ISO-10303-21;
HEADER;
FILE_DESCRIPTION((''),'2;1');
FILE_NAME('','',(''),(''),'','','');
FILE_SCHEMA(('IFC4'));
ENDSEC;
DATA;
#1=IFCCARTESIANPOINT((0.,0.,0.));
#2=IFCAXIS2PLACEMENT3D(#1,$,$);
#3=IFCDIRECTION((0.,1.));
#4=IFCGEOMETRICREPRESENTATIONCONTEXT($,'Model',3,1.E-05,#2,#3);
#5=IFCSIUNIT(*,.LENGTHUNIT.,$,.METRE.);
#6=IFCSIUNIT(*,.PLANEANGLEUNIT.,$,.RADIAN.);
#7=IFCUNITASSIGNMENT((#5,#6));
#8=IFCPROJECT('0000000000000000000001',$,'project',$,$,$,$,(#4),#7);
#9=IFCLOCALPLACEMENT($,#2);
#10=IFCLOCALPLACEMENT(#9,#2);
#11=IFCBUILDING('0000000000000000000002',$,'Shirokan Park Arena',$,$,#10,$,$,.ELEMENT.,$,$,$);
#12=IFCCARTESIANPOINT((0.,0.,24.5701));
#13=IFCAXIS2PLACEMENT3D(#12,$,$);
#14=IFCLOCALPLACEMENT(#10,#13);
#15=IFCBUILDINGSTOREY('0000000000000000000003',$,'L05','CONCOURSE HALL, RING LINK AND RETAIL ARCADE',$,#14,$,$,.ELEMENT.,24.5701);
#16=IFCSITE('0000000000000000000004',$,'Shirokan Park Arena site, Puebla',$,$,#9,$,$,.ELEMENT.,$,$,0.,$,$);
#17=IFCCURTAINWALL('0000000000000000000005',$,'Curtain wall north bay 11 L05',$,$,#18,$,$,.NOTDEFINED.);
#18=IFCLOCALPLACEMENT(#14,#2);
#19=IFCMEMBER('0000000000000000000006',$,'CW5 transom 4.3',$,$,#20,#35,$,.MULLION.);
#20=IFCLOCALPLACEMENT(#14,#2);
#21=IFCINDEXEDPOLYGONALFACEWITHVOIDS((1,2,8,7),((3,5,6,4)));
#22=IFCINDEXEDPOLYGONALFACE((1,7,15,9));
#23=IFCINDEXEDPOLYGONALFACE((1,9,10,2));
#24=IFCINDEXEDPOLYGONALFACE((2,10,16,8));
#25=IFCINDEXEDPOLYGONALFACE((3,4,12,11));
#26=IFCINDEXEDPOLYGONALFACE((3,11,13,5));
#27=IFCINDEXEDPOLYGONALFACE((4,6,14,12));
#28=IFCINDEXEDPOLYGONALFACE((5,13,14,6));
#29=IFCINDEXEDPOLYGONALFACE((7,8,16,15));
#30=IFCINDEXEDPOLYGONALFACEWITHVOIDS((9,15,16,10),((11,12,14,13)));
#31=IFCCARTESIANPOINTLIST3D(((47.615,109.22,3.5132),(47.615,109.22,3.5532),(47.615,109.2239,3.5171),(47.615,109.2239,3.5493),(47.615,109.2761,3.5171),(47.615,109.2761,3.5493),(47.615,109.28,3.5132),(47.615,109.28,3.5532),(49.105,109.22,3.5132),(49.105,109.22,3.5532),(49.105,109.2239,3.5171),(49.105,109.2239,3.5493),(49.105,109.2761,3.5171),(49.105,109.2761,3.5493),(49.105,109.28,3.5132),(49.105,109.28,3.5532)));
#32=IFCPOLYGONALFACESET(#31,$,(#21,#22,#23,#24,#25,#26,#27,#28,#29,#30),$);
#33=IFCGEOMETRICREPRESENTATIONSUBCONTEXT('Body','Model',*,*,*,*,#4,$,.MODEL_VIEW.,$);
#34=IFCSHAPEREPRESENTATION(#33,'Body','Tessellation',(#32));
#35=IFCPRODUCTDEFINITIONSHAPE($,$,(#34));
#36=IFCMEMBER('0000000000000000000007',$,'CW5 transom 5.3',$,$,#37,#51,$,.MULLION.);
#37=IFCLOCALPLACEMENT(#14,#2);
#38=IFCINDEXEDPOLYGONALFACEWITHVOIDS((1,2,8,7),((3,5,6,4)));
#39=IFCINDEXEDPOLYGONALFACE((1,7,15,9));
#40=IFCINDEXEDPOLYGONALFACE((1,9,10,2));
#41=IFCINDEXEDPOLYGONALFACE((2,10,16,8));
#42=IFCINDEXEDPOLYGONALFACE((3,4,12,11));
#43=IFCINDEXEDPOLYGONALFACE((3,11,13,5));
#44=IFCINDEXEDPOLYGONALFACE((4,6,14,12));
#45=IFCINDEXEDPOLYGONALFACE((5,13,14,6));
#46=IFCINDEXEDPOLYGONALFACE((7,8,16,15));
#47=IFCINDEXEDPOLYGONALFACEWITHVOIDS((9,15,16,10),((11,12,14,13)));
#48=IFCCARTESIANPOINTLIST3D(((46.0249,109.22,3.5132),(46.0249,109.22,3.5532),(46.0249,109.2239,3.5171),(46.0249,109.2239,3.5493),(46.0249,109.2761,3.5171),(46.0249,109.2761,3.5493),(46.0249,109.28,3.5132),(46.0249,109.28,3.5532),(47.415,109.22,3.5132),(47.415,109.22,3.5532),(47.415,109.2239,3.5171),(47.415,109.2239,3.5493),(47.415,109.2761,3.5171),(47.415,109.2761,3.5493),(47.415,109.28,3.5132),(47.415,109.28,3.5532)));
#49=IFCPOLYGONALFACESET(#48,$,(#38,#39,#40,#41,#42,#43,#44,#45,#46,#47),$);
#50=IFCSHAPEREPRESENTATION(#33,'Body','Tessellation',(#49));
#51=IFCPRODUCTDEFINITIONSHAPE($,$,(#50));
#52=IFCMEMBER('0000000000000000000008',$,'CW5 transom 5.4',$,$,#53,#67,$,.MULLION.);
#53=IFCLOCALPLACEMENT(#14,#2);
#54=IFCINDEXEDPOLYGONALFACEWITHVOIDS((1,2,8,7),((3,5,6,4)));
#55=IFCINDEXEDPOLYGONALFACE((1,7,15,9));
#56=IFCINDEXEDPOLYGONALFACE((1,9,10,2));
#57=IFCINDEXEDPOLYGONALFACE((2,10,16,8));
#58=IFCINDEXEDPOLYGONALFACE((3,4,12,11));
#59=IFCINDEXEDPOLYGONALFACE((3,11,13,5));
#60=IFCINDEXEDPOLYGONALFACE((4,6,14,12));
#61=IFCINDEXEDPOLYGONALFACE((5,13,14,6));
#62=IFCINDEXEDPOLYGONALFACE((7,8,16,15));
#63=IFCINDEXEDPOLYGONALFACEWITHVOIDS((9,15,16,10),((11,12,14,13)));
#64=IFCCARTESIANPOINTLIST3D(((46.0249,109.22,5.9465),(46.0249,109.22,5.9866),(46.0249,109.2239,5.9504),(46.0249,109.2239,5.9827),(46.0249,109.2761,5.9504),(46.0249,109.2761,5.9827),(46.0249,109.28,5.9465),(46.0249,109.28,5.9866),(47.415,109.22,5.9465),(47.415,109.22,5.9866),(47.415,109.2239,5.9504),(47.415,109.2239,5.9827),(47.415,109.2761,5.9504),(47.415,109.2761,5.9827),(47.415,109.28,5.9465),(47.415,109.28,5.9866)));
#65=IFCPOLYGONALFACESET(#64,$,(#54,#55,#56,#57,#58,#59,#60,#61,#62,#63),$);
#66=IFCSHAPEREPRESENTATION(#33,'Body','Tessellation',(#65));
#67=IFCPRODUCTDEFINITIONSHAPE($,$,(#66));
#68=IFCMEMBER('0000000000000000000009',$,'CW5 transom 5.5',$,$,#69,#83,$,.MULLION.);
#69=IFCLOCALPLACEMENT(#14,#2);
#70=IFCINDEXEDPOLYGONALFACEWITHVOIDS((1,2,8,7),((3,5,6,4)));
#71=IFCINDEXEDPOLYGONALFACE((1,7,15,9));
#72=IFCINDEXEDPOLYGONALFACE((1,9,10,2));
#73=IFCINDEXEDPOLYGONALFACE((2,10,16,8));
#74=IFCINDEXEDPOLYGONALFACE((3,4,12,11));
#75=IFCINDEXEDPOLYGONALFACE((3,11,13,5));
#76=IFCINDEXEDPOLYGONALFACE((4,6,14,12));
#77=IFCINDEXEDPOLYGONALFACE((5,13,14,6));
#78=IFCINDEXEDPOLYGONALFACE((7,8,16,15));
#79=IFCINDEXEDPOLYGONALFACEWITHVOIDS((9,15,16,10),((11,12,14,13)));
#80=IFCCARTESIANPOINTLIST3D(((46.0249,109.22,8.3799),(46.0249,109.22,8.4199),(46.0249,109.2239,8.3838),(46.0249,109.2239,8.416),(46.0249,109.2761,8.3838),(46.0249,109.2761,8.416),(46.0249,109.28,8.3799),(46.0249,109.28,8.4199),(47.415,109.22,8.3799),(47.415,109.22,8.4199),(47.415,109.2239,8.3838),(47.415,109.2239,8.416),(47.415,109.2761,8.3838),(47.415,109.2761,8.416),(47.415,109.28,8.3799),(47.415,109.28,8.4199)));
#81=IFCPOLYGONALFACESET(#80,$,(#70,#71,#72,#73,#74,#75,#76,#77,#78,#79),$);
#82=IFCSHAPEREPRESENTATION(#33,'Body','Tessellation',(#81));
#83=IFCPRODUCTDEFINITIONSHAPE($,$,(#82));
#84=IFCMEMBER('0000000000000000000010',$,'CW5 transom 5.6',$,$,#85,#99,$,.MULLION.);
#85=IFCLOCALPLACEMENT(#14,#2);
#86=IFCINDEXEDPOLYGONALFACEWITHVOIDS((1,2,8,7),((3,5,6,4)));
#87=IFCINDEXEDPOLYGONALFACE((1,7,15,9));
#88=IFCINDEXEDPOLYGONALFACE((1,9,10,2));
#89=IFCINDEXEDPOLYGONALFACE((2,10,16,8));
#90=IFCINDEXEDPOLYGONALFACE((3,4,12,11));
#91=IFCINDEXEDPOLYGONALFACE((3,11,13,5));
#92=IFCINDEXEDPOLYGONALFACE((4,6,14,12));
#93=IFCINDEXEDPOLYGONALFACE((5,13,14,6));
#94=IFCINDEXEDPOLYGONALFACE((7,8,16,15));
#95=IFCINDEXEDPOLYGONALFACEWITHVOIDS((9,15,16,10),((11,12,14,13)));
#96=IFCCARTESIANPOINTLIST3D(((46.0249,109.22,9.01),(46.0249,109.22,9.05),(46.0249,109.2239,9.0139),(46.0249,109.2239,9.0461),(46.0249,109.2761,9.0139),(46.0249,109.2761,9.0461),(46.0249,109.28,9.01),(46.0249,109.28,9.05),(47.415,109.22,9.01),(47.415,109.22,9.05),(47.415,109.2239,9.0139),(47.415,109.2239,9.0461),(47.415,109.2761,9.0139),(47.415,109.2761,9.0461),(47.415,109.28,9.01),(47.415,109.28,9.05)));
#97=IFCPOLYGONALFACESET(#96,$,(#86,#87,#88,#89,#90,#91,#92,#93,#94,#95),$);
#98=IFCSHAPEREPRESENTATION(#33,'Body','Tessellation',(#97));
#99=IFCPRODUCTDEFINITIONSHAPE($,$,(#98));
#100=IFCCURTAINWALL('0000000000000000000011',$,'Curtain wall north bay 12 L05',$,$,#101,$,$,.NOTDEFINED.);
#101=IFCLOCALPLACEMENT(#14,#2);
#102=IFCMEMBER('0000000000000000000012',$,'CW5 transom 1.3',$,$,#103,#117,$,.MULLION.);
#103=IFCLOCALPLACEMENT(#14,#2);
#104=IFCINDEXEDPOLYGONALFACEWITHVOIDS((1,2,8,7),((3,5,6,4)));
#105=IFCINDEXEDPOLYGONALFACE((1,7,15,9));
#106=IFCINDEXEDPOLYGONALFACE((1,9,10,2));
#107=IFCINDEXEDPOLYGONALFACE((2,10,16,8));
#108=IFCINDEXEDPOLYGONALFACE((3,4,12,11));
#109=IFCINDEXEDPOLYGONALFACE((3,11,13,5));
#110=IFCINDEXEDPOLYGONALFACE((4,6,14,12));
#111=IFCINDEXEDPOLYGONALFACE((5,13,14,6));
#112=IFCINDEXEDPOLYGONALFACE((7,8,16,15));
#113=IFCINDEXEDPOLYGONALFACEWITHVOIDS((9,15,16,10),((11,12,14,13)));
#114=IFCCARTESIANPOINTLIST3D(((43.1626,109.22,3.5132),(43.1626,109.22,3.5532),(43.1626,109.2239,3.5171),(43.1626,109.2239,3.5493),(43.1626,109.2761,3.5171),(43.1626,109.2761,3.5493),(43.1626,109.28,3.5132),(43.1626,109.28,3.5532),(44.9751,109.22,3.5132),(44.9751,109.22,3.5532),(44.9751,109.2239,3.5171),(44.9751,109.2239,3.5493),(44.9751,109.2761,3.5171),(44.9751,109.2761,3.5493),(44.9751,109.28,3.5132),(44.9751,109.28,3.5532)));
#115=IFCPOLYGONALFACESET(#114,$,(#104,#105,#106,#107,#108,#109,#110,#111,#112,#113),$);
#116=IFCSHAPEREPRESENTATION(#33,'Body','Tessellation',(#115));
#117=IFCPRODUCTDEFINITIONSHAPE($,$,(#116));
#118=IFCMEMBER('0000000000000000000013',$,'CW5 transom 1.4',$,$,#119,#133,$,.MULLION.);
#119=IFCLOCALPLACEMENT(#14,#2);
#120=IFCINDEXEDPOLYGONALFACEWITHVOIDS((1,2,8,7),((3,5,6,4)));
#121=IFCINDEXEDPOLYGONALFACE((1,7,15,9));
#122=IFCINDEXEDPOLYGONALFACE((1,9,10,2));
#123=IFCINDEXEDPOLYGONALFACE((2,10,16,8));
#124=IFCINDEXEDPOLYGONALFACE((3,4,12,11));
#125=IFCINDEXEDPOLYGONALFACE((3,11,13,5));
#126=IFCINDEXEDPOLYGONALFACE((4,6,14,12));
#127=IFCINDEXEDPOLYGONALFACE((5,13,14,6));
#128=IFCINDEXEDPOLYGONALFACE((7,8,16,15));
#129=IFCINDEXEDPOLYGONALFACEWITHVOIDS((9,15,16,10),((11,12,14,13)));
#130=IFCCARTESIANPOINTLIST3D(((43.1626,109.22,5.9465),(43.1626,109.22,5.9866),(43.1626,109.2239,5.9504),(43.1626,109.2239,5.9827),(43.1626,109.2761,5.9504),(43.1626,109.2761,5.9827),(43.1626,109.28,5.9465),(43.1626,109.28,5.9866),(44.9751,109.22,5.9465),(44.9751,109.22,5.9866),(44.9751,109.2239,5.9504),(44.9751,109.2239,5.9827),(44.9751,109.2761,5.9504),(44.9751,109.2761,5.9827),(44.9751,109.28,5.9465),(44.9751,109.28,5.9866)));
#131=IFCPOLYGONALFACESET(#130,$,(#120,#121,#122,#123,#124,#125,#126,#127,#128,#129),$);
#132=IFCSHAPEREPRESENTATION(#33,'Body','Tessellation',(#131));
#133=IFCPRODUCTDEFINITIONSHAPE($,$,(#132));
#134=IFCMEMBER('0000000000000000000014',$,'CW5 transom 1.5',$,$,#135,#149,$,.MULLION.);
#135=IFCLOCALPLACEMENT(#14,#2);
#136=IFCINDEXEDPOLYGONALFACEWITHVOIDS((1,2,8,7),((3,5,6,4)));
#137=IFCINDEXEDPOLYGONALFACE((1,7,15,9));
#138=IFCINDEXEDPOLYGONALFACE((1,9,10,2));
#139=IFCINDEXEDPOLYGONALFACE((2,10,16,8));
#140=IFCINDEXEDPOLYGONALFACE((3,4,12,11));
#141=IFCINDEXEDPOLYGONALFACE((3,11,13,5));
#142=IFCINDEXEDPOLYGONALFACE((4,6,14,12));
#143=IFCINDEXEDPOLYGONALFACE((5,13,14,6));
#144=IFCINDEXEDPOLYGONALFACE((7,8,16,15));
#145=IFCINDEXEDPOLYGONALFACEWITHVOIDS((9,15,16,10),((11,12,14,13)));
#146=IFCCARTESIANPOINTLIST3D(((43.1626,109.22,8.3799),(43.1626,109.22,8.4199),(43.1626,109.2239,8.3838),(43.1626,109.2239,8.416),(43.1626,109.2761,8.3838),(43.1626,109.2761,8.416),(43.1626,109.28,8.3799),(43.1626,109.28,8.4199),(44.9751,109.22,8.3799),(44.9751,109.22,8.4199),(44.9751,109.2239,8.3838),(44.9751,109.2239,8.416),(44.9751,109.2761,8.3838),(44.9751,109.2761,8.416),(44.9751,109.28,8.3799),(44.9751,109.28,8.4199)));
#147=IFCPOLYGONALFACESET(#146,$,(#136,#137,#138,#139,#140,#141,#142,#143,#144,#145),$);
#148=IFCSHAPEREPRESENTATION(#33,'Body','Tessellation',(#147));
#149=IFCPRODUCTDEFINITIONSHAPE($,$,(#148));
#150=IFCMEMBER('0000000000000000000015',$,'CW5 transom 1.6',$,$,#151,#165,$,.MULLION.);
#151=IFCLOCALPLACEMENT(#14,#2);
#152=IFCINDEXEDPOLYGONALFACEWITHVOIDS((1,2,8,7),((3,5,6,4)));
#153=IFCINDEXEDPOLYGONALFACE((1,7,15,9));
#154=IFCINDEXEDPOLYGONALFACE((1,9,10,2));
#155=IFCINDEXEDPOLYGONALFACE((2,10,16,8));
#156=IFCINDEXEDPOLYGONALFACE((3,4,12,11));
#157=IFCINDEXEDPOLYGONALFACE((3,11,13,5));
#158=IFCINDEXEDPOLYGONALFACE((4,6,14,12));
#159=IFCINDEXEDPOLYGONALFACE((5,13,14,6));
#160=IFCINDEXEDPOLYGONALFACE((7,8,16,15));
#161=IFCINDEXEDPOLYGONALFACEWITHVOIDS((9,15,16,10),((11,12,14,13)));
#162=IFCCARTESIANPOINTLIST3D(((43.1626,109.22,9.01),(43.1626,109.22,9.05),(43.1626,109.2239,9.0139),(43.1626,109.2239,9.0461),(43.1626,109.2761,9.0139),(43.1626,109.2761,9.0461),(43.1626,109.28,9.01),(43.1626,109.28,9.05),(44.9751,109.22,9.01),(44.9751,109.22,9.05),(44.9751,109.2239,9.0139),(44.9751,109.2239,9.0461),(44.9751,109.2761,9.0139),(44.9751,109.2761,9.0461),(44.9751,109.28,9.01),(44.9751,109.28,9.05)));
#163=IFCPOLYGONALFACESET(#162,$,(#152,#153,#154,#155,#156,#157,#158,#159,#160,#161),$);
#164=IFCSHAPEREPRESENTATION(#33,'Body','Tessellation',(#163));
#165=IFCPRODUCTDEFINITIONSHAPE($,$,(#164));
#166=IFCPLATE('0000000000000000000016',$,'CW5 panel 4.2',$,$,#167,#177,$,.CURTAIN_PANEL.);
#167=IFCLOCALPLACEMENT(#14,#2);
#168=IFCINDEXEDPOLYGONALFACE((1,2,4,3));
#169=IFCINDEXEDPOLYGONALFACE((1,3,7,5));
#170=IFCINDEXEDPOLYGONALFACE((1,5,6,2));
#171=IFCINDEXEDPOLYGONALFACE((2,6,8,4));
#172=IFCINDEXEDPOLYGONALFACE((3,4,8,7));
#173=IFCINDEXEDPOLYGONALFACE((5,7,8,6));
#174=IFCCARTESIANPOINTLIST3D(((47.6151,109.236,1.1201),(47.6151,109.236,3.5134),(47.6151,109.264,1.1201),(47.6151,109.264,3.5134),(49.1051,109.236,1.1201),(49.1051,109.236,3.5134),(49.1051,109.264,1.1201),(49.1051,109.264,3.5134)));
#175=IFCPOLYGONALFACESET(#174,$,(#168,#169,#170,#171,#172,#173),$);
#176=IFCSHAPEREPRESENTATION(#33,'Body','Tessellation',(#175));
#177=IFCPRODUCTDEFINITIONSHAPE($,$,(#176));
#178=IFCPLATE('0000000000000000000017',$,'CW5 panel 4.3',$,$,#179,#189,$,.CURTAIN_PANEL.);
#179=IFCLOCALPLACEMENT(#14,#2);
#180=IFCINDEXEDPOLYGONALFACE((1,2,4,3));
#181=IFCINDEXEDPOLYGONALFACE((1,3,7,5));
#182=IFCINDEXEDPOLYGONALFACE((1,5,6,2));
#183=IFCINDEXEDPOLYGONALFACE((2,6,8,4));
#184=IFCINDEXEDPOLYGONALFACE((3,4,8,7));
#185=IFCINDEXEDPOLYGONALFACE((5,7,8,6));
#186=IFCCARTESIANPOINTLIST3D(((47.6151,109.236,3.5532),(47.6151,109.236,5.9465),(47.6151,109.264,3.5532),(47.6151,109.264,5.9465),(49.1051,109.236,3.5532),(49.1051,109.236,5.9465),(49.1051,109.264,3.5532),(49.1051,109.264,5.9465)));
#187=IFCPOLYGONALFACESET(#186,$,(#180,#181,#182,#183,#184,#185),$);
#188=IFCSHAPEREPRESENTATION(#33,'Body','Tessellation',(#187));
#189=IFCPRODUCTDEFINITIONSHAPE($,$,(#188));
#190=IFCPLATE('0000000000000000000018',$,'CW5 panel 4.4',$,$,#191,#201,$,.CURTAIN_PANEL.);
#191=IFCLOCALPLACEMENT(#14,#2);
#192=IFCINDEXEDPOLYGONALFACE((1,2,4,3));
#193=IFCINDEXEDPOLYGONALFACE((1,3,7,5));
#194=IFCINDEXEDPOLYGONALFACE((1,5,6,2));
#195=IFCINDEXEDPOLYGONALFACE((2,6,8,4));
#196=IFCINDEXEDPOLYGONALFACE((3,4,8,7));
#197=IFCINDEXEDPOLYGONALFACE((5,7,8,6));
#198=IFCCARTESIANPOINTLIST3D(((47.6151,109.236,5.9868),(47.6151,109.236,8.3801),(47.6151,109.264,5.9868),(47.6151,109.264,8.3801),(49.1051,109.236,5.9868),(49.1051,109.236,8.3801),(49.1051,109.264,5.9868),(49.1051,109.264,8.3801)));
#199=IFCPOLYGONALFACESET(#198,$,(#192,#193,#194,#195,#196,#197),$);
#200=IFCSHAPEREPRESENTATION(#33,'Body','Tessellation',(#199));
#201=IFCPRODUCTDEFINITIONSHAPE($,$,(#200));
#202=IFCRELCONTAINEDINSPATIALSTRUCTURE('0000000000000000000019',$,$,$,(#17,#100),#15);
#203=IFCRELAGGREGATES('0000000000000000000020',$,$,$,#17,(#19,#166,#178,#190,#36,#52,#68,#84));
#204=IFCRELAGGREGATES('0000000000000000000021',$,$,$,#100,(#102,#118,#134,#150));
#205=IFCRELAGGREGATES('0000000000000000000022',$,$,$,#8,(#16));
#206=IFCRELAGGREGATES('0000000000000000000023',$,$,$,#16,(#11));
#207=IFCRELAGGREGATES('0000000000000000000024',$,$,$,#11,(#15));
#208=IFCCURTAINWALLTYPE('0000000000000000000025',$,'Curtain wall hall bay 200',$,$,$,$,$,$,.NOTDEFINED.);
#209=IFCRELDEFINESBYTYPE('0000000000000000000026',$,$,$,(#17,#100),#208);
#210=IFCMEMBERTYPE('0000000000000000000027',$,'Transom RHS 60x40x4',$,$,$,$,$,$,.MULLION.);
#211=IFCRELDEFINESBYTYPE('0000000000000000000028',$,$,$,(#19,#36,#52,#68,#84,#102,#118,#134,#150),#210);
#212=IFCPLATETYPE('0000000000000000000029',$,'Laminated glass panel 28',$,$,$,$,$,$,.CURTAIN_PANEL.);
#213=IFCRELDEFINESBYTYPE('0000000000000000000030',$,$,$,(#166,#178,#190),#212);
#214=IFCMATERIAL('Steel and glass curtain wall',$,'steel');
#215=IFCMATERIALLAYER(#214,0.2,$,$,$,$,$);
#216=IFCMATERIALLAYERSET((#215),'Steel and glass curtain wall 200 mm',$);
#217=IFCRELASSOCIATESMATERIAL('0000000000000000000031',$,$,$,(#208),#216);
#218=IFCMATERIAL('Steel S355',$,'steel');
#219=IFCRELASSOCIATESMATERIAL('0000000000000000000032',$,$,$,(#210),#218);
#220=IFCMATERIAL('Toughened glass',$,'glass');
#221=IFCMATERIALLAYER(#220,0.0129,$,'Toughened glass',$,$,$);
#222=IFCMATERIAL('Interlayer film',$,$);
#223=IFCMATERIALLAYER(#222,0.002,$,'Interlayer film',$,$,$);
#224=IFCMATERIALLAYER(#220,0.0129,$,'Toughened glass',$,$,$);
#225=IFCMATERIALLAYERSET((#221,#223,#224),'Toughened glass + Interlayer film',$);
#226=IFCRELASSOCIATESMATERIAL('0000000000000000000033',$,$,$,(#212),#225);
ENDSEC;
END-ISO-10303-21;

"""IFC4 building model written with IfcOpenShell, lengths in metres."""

from ifc_helpers import new_model, si_unit, direction, frame, origin, origin_2d, place, context, subcontext, project, spatial, rectangle, hollow_rectangle, extrude, material, layer, layer_set, material_profile, profile_set, type_object, element, aggregate, save


model = new_model("IFC4")

# Units and contexts
model_context = context("Model", 3, precision=1e-05, world=origin(), true_north=direction((0.0, 1.0)))
body_context = subcontext(model_context, "Body", "Model", "MODEL_VIEW")
ifc_project = project(units=[si_unit("LENGTHUNIT", "METRE"), si_unit("PLANEANGLEUNIT", "RADIAN")], contexts=[model_context])

# Site, building, storey
site_placement = place(None, origin())
site = spatial("IfcSite", under=ifc_project, at=site_placement, Name="Shirokan Park Arena site, Puebla", CompositionType="ELEMENT", RefElevation=0.0)
building_placement = place(site_placement, origin())
building = spatial("IfcBuilding", under=site, at=building_placement, Name="Shirokan Park Arena", CompositionType="ELEMENT")
storey_placement = place(building_placement, frame((0.0, 0.0, 24.5701)))
storey = spatial("IfcBuildingStorey", under=building, at=storey_placement, Name="L05", Description="CONCOURSE HALL, RING LINK AND RETAIL ARCADE", CompositionType="ELEMENT", Elevation=24.5701)

# Curtain walls, members
ifc_material_1 = material(Name="Steel and glass curtain wall", Category="steel")
ifc_layer_1 = layer(ifc_material_1, 0.2)
ifc_layer_set_1 = layer_set([ifc_layer_1], Name="Steel and glass curtain wall 200 mm")
curtain_wall_type = type_object("IfcCurtainWallType", Name="Curtain wall hall bay 200", PredefinedType="NOTDEFINED", material=ifc_layer_set_1)
curtain_wall_1_placement = place(storey_placement, origin())
curtain_wall_1 = element("IfcCurtainWall", 1, at=curtain_wall_1_placement, inside=storey, type_object=curtain_wall_type, Name="Curtain wall north bay 11 L05", PredefinedType="NOTDEFINED")
ifc_material_2 = material(Name="Steel S355", Category="steel")
ifc_material_profile = material_profile(ifc_material_2, hollow_rectangle(XDim=0.0601, YDim=0.04, WallThickness=0.0039, at=origin_2d()), Name="RHS 60x40x4")
ifc_profile_set = profile_set([ifc_material_profile], Name="Steel S355")
member_type = type_object("IfcMemberType", Name="Transom RHS 60x40x4", PredefinedType="MULLION", material=ifc_profile_set)
member_1_placement = place(storey_placement, frame((49.105, 109.25, 3.5332), z_axis=(-1.0, 0.0, 0.0), x_axis=(0.0, -1.0, 0.0)))
member_1 = element("IfcMember", 2, at=member_1_placement, type_object=member_type, Name="CW5 transom 4.3", PredefinedType="MULLION", context=body_context, shape_type="SweptSolid", body=[
    extrude(hollow_rectangle(XDim=0.0601, YDim=0.04, WallThickness=0.0039, at=origin_2d()), origin(), (0.0, 0.0, 1.0), 1.49),
])
member_2_placement = place(storey_placement, frame((47.415, 109.25, 3.5332), z_axis=(-1.0, 0.0, 0.0), x_axis=(0.0, -1.0, 0.0)))
member_2 = element("IfcMember", 3, at=member_2_placement, type_object=member_type, Name="CW5 transom 5.3", PredefinedType="MULLION", context=body_context, shape_type="SweptSolid", body=[
    extrude(hollow_rectangle(XDim=0.0601, YDim=0.04, WallThickness=0.0039, at=origin_2d()), origin(), (0.0, 0.0, 1.0), 1.3901),
])
member_3_placement = place(storey_placement, frame((47.415, 109.25, 5.9666), z_axis=(-1.0, 0.0, 0.0), x_axis=(0.0, -1.0, 0.0)))
member_3 = element("IfcMember", 4, at=member_3_placement, type_object=member_type, Name="CW5 transom 5.4", PredefinedType="MULLION", context=body_context, shape_type="SweptSolid", body=[
    extrude(hollow_rectangle(XDim=0.0601, YDim=0.04, WallThickness=0.0039, at=origin_2d()), origin(), (0.0, 0.0, 1.0), 1.3901),
])
member_4_placement = place(storey_placement, frame((47.415, 109.25, 8.3999), z_axis=(-1.0, 0.0, 0.0), x_axis=(0.0, -1.0, 0.0)))
member_4 = element("IfcMember", 5, at=member_4_placement, type_object=member_type, Name="CW5 transom 5.5", PredefinedType="MULLION", context=body_context, shape_type="SweptSolid", body=[
    extrude(hollow_rectangle(XDim=0.0601, YDim=0.04, WallThickness=0.0039, at=origin_2d()), origin(), (0.0, 0.0, 1.0), 1.3901),
])
member_5_placement = place(storey_placement, frame((47.415, 109.25, 9.03), z_axis=(-1.0, 0.0, 0.0), x_axis=(0.0, -1.0, 0.0)))
member_5 = element("IfcMember", 6, at=member_5_placement, type_object=member_type, Name="CW5 transom 5.6", PredefinedType="MULLION", context=body_context, shape_type="SweptSolid", body=[
    extrude(hollow_rectangle(XDim=0.0601, YDim=0.04, WallThickness=0.0039, at=origin_2d()), origin(), (0.0, 0.0, 1.0), 1.3901),
])
curtain_wall_2_placement = place(storey_placement, origin())
curtain_wall_2 = element("IfcCurtainWall", 7, at=curtain_wall_2_placement, inside=storey, type_object=curtain_wall_type, Name="Curtain wall north bay 12 L05", PredefinedType="NOTDEFINED")
member_6_placement = place(storey_placement, frame((44.9751, 109.25, 3.5332), z_axis=(-1.0, 0.0, 0.0), x_axis=(0.0, -1.0, 0.0)))
member_6 = element("IfcMember", 8, at=member_6_placement, type_object=member_type, Name="CW5 transom 1.3", PredefinedType="MULLION", context=body_context, shape_type="SweptSolid", body=[
    extrude(hollow_rectangle(XDim=0.0601, YDim=0.04, WallThickness=0.0039, at=origin_2d()), origin(), (0.0, 0.0, 1.0), 1.8125),
])
member_7_placement = place(storey_placement, frame((44.9751, 109.25, 5.9666), z_axis=(-1.0, 0.0, 0.0), x_axis=(0.0, -1.0, 0.0)))
member_7 = element("IfcMember", 9, at=member_7_placement, type_object=member_type, Name="CW5 transom 1.4", PredefinedType="MULLION", context=body_context, shape_type="SweptSolid", body=[
    extrude(hollow_rectangle(XDim=0.0601, YDim=0.04, WallThickness=0.0039, at=origin_2d()), origin(), (0.0, 0.0, 1.0), 1.8125),
])
member_8_placement = place(storey_placement, frame((44.9751, 109.25, 8.3999), z_axis=(-1.0, 0.0, 0.0), x_axis=(0.0, -1.0, 0.0)))
member_8 = element("IfcMember", 10, at=member_8_placement, type_object=member_type, Name="CW5 transom 1.5", PredefinedType="MULLION", context=body_context, shape_type="SweptSolid", body=[
    extrude(hollow_rectangle(XDim=0.0601, YDim=0.04, WallThickness=0.0039, at=origin_2d()), origin(), (0.0, 0.0, 1.0), 1.8125),
])
member_9_placement = place(storey_placement, frame((44.9751, 109.25, 9.03), z_axis=(-1.0, 0.0, 0.0), x_axis=(0.0, -1.0, 0.0)))
member_9 = element("IfcMember", 11, at=member_9_placement, type_object=member_type, Name="CW5 transom 1.6", PredefinedType="MULLION", context=body_context, shape_type="SweptSolid", body=[
    extrude(hollow_rectangle(XDim=0.0601, YDim=0.04, WallThickness=0.0039, at=origin_2d()), origin(), (0.0, 0.0, 1.0), 1.8125),
])

# Plates
ifc_material_3 = material(Name="Toughened glass", Category="glass")
ifc_layer_2 = layer(ifc_material_3, 0.0129, Name="Toughened glass")
ifc_material_4 = material(Name="Interlayer film")
ifc_layer_3 = layer(ifc_material_4, 0.002, Name="Interlayer film")
ifc_layer_4 = layer(ifc_material_3, 0.0129, Name="Toughened glass")
ifc_layer_set_2 = layer_set([ifc_layer_2, ifc_layer_3, ifc_layer_4], Name="Toughened glass + Interlayer film")
plate_type = type_object("IfcPlateType", Name="Laminated glass panel 28", PredefinedType="CURTAIN_PANEL", material=ifc_layer_set_2)
plate_1_placement = place(storey_placement, frame((48.3601, 109.25, 1.1201), z_axis=(0.0, 0.0, 1.0), x_axis=(-1.0, 0.0, 0.0)))
plate_1 = element("IfcPlate", 12, at=plate_1_placement, type_object=plate_type, Name="CW5 panel 4.2", PredefinedType="CURTAIN_PANEL", context=body_context, shape_type="SweptSolid", body=[
    extrude(rectangle(XDim=1.49, YDim=0.0281, at=origin_2d()), origin(), (0.0, 0.0, 1.0), 2.3933),
])
plate_2_placement = place(storey_placement, frame((48.3601, 109.25, 3.5532), z_axis=(0.0, 0.0, 1.0), x_axis=(-1.0, 0.0, 0.0)))
plate_2 = element("IfcPlate", 13, at=plate_2_placement, type_object=plate_type, Name="CW5 panel 4.3", PredefinedType="CURTAIN_PANEL", context=body_context, shape_type="SweptSolid", body=[
    extrude(rectangle(XDim=1.49, YDim=0.0281, at=origin_2d()), origin(), (0.0, 0.0, 1.0), 2.3933),
])
plate_3_placement = place(storey_placement, frame((48.3601, 109.25, 5.9868), z_axis=(0.0, 0.0, 1.0), x_axis=(-1.0, 0.0, 0.0)))
plate_3 = element("IfcPlate", 14, at=plate_3_placement, type_object=plate_type, Name="CW5 panel 4.4", PredefinedType="CURTAIN_PANEL", context=body_context, shape_type="SweptSolid", body=[
    extrude(rectangle(XDim=1.49, YDim=0.0281, at=origin_2d()), origin(), (0.0, 0.0, 1.0), 2.3933),
])
aggregate(curtain_wall_1, [member_1, plate_1, plate_2, plate_3, member_2, member_3, member_4, member_5])
aggregate(curtain_wall_2, [member_6, member_7, member_8, member_9])

save(model, "model.ifc")
